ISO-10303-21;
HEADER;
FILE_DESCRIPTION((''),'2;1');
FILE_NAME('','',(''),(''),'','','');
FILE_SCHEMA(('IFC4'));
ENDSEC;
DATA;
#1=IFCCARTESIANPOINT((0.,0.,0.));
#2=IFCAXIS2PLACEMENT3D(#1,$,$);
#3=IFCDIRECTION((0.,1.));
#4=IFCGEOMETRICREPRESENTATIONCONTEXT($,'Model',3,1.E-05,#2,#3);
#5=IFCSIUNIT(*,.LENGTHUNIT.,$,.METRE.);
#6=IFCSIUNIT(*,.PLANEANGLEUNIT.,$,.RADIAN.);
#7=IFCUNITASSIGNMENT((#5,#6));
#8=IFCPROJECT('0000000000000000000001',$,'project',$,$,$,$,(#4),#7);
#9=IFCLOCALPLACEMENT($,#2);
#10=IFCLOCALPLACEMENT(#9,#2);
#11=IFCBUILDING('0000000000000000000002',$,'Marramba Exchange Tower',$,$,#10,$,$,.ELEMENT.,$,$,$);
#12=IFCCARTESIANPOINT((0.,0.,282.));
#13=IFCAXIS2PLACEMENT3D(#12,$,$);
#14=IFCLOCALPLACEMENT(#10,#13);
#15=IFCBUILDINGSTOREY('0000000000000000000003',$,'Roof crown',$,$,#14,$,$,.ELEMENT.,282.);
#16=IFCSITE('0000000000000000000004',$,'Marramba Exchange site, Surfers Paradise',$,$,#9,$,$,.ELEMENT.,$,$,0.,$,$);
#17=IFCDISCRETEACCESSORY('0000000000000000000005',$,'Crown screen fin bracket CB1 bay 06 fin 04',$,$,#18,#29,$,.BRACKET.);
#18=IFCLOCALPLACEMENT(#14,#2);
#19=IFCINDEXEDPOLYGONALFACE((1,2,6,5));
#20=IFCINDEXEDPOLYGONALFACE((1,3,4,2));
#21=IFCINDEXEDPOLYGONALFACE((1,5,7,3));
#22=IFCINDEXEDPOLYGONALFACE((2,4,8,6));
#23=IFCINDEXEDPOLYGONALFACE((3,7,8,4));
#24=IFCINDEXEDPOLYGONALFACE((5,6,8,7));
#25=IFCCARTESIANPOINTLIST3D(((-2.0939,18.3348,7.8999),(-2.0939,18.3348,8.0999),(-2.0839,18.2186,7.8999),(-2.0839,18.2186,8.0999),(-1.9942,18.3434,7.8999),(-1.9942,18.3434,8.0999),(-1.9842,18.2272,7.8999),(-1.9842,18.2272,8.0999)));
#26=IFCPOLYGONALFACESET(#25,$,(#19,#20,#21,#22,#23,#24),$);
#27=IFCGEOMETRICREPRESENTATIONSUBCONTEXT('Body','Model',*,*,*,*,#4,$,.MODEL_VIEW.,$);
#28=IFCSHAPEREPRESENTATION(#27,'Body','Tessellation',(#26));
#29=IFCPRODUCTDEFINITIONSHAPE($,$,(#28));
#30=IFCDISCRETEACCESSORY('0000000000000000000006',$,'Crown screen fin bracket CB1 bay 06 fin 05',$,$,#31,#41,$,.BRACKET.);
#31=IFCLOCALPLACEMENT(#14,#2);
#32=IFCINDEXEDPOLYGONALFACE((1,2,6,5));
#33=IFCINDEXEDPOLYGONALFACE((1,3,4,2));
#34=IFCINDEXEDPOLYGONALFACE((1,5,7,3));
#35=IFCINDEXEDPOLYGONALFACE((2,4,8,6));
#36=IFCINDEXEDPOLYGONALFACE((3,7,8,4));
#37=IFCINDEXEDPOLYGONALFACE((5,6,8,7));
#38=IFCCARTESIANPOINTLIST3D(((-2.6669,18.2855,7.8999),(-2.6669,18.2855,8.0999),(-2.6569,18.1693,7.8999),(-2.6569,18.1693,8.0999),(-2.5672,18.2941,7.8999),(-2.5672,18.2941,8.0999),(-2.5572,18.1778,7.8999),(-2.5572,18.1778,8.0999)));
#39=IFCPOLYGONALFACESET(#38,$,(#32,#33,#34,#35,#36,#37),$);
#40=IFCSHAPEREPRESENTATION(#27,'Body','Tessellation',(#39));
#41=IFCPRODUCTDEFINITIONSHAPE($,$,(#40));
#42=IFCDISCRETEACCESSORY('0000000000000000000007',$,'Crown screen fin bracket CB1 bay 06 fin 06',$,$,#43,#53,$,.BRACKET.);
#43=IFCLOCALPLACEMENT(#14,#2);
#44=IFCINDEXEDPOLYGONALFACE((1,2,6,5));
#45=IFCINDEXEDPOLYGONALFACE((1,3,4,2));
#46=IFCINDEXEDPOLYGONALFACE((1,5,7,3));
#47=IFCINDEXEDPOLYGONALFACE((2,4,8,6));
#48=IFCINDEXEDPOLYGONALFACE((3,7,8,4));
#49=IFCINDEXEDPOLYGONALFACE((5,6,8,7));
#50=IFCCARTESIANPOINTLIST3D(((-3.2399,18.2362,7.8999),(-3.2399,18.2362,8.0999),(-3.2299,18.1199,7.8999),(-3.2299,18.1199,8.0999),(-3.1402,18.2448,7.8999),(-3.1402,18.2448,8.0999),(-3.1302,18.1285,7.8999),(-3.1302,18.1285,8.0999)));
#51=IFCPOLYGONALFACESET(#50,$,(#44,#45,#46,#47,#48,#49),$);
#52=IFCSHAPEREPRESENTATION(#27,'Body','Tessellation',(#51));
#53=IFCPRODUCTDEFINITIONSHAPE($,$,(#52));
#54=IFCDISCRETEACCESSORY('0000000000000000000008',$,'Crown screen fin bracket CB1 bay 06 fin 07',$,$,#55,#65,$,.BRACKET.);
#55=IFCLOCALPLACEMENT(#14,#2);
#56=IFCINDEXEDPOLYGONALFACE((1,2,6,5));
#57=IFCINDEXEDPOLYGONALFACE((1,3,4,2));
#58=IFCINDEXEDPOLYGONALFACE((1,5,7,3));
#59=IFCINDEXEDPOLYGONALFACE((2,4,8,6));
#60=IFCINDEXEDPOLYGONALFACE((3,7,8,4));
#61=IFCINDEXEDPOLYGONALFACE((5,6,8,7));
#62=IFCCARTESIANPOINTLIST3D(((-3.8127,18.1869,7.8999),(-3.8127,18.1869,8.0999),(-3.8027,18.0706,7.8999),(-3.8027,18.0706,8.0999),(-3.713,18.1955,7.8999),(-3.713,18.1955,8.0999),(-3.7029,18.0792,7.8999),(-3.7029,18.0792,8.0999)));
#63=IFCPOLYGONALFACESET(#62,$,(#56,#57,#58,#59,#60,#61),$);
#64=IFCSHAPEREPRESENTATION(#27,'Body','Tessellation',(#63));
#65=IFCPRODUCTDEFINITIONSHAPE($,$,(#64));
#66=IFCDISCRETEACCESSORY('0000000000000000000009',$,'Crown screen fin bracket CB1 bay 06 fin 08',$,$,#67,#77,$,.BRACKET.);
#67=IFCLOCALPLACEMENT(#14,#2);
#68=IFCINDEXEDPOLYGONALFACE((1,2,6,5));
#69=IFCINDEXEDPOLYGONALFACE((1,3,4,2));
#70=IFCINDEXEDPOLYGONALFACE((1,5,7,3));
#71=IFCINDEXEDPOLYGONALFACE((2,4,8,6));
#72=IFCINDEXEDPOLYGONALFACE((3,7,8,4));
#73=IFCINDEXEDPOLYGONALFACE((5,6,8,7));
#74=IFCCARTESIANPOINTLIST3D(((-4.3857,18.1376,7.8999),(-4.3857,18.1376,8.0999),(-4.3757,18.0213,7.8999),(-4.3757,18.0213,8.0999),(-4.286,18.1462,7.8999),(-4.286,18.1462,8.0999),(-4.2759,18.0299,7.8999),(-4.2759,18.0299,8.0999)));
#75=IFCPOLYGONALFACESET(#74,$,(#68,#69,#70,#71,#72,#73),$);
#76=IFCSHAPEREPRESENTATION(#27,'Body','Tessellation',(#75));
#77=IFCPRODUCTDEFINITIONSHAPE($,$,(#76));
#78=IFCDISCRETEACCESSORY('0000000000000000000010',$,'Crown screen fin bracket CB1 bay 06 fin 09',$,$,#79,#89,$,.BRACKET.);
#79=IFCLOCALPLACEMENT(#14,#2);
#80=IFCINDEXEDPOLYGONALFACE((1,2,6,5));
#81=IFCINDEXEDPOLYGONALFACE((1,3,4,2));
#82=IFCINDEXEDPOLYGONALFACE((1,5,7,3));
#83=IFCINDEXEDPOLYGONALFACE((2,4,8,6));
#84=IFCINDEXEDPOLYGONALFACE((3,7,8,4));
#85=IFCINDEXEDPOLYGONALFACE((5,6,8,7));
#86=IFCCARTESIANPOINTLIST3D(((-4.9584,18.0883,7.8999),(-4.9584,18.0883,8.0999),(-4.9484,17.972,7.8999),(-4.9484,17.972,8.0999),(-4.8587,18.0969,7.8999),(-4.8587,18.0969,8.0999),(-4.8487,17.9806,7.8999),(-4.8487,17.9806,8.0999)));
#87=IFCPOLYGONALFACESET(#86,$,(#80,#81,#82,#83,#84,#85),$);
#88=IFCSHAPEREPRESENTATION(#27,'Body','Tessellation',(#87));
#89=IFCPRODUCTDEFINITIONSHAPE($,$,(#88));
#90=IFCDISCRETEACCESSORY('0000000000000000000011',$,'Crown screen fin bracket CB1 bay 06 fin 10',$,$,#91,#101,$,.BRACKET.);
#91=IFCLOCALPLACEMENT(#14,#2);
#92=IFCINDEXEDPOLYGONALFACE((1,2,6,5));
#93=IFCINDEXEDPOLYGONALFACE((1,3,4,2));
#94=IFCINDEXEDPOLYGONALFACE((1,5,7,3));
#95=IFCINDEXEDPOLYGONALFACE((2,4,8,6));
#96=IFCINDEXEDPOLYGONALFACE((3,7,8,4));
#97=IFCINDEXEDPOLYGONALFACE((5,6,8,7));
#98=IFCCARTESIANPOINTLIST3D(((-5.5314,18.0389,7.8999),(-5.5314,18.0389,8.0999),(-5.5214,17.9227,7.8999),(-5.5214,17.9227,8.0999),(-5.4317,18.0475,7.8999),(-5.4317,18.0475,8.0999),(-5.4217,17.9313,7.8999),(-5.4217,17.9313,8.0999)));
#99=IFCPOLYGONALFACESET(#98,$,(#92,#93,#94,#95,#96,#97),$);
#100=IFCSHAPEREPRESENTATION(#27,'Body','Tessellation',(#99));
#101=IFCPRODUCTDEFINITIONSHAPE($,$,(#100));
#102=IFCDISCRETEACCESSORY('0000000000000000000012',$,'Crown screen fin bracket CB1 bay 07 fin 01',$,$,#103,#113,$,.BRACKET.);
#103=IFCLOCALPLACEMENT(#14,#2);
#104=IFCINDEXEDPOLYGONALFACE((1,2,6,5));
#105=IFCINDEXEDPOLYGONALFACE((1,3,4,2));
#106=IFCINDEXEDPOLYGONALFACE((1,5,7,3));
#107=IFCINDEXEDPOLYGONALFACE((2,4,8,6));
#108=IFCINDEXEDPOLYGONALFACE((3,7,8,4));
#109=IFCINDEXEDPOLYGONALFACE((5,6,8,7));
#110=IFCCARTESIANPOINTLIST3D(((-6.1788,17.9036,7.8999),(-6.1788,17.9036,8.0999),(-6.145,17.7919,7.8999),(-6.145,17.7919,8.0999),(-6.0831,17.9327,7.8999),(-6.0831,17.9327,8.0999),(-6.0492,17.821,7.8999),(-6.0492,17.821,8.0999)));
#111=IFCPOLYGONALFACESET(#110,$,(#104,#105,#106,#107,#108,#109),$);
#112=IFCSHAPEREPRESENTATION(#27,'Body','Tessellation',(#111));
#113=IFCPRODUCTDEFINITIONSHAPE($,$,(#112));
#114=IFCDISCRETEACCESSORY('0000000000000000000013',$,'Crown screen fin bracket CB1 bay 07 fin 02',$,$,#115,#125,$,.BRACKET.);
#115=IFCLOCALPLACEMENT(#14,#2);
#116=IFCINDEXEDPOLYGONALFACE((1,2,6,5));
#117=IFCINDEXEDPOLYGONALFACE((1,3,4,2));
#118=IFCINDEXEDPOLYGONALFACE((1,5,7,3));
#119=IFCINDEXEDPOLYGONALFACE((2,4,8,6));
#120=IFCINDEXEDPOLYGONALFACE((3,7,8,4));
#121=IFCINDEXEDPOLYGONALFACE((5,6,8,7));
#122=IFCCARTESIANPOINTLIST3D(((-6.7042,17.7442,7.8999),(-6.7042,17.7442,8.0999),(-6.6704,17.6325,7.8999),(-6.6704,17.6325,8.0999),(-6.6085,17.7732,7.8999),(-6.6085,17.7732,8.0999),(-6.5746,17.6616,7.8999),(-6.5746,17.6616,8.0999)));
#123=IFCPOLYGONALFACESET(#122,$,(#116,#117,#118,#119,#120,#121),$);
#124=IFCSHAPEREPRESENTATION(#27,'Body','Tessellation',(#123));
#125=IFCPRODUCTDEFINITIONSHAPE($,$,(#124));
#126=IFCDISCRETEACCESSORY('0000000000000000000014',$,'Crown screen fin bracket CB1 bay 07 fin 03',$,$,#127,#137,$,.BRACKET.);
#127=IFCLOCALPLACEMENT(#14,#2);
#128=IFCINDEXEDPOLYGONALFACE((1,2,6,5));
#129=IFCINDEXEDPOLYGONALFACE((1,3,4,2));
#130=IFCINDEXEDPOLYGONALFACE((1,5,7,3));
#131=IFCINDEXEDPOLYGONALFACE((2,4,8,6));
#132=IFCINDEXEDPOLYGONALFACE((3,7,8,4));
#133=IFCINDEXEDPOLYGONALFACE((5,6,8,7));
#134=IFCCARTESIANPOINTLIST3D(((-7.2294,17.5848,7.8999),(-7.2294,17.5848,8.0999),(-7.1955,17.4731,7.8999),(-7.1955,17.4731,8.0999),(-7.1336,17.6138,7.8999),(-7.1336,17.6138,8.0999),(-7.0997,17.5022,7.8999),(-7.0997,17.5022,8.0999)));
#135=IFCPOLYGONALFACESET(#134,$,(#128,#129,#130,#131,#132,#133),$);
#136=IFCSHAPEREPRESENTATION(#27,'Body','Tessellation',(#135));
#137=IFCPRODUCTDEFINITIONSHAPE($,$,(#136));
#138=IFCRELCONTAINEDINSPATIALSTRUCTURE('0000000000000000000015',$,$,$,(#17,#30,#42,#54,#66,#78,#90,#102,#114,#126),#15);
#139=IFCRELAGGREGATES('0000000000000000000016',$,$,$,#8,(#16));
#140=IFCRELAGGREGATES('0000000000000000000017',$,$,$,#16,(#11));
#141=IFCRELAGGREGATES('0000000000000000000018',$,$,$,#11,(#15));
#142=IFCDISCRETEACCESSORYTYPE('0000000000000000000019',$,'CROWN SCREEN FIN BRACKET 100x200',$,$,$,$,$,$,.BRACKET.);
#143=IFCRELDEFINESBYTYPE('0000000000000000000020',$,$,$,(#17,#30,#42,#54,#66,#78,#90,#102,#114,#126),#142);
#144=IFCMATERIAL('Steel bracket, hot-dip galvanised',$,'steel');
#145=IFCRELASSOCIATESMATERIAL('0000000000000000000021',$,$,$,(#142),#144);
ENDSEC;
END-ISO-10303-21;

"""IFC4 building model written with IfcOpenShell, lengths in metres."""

from ifc_helpers import new_model, si_unit, direction, frame, origin, origin_2d, place, context, subcontext, project, spatial, rectangle, extrude, material, type_object, element, save


model = new_model("IFC4")

# Units and contexts
model_context = context("Model", 3, precision=1e-05, world=origin(), true_north=direction((0.0, 1.0)))
body_context = subcontext(model_context, "Body", "Model", "MODEL_VIEW")
ifc_project = project(units=[si_unit("LENGTHUNIT", "METRE"), si_unit("PLANEANGLEUNIT", "RADIAN")], contexts=[model_context])

# Site, building, storey
site_placement = place(None, origin())
site = spatial("IfcSite", under=ifc_project, at=site_placement, Name="Marramba Exchange site, Surfers Paradise", CompositionType="ELEMENT", RefElevation=0.0)
building_placement = place(site_placement, origin())
building = spatial("IfcBuilding", under=site, at=building_placement, Name="Marramba Exchange Tower", CompositionType="ELEMENT")
storey_placement = place(building_placement, frame((0.0, 0.0, 282.0)))
storey = spatial("IfcBuildingStorey", under=building, at=storey_placement, Name="Roof crown", CompositionType="ELEMENT", Elevation=282.0)

# Discrete accessories
ifc_material_1 = material(Name="Steel bracket, hot-dip galvanised", Category="steel")
discrete_accessory_type_1 = type_object("IfcDiscreteAccessoryType", Name="CROWN SCREEN FIN BRACKET 100x200", PredefinedType="BRACKET", material=ifc_material_1)
for number, where, z_axis, x_axis, name in (
    (1, (-2.0391, 18.281, 7.8999), (0.0, 0.0, 1.0), (-0.996314, -0.085783, 0.0), "Crown screen fin bracket CB1 bay 06 fin 04"),
    (2, (-2.6121, 18.2317, 7.8999), (0.0, 0.0, 1.0), (-0.996314, -0.085783, 0.0), "Crown screen fin bracket CB1 bay 06 fin 05"),
    (3, (-3.1851, 18.1824, 7.8999), (0.0, 0.0, 1.0), (-0.996314, -0.085783, 0.0), "Crown screen fin bracket CB1 bay 06 fin 06"),
    (4, (-3.7578, 18.1331, 7.8999), (0.0, 0.0, 1.0), (-0.996314, -0.085783, 0.0), "Crown screen fin bracket CB1 bay 06 fin 07"),
    (5, (-4.3308, 18.0837, 7.8999), (0.0, 0.0, 1.0), (-0.996314, -0.085783, 0.0), "Crown screen fin bracket CB1 bay 06 fin 08"),
    (6, (-4.9036, 18.0344, 7.8999), (0.0, 0.0, 1.0), (-0.996314, -0.085783, 0.0), "Crown screen fin bracket CB1 bay 06 fin 09"),
    (7, (-5.4766, 17.9851, 7.8999), (0.0, 0.0, 1.0), (-0.996314, -0.085783, 0.0), "Crown screen fin bracket CB1 bay 06 fin 10"),
    (8, (-6.114, 17.8623, 7.8999), (0.0, 0.0, 1.0), (-0.95692, -0.290352, 0.0), "Crown screen fin bracket CB1 bay 07 fin 01"),
    (9, (-6.6394, 17.7029, 7.8999), (0.0, 0.0, 1.0), (-0.95692, -0.290352, 0.0), "Crown screen fin bracket CB1 bay 07 fin 02"),
    (10, (-7.1646, 17.5435, 7.8999), (0.0, 0.0, 1.0), (-0.95692, -0.290352, 0.0), "Crown screen fin bracket CB1 bay 07 fin 03"),
):
    element("IfcDiscreteAccessory", number, at=place(storey_placement, frame(where, z_axis=z_axis, x_axis=x_axis)), inside=storey, type_object=discrete_accessory_type_1, Name=name, PredefinedType="BRACKET", context=body_context, shape_type="SweptSolid", body=[
        extrude(rectangle(XDim=0.1001, YDim=0.1167, at=origin_2d()), origin(), (0.0, 0.0, 1.0), 0.2),
    ])

save(model, "model.ifc")
